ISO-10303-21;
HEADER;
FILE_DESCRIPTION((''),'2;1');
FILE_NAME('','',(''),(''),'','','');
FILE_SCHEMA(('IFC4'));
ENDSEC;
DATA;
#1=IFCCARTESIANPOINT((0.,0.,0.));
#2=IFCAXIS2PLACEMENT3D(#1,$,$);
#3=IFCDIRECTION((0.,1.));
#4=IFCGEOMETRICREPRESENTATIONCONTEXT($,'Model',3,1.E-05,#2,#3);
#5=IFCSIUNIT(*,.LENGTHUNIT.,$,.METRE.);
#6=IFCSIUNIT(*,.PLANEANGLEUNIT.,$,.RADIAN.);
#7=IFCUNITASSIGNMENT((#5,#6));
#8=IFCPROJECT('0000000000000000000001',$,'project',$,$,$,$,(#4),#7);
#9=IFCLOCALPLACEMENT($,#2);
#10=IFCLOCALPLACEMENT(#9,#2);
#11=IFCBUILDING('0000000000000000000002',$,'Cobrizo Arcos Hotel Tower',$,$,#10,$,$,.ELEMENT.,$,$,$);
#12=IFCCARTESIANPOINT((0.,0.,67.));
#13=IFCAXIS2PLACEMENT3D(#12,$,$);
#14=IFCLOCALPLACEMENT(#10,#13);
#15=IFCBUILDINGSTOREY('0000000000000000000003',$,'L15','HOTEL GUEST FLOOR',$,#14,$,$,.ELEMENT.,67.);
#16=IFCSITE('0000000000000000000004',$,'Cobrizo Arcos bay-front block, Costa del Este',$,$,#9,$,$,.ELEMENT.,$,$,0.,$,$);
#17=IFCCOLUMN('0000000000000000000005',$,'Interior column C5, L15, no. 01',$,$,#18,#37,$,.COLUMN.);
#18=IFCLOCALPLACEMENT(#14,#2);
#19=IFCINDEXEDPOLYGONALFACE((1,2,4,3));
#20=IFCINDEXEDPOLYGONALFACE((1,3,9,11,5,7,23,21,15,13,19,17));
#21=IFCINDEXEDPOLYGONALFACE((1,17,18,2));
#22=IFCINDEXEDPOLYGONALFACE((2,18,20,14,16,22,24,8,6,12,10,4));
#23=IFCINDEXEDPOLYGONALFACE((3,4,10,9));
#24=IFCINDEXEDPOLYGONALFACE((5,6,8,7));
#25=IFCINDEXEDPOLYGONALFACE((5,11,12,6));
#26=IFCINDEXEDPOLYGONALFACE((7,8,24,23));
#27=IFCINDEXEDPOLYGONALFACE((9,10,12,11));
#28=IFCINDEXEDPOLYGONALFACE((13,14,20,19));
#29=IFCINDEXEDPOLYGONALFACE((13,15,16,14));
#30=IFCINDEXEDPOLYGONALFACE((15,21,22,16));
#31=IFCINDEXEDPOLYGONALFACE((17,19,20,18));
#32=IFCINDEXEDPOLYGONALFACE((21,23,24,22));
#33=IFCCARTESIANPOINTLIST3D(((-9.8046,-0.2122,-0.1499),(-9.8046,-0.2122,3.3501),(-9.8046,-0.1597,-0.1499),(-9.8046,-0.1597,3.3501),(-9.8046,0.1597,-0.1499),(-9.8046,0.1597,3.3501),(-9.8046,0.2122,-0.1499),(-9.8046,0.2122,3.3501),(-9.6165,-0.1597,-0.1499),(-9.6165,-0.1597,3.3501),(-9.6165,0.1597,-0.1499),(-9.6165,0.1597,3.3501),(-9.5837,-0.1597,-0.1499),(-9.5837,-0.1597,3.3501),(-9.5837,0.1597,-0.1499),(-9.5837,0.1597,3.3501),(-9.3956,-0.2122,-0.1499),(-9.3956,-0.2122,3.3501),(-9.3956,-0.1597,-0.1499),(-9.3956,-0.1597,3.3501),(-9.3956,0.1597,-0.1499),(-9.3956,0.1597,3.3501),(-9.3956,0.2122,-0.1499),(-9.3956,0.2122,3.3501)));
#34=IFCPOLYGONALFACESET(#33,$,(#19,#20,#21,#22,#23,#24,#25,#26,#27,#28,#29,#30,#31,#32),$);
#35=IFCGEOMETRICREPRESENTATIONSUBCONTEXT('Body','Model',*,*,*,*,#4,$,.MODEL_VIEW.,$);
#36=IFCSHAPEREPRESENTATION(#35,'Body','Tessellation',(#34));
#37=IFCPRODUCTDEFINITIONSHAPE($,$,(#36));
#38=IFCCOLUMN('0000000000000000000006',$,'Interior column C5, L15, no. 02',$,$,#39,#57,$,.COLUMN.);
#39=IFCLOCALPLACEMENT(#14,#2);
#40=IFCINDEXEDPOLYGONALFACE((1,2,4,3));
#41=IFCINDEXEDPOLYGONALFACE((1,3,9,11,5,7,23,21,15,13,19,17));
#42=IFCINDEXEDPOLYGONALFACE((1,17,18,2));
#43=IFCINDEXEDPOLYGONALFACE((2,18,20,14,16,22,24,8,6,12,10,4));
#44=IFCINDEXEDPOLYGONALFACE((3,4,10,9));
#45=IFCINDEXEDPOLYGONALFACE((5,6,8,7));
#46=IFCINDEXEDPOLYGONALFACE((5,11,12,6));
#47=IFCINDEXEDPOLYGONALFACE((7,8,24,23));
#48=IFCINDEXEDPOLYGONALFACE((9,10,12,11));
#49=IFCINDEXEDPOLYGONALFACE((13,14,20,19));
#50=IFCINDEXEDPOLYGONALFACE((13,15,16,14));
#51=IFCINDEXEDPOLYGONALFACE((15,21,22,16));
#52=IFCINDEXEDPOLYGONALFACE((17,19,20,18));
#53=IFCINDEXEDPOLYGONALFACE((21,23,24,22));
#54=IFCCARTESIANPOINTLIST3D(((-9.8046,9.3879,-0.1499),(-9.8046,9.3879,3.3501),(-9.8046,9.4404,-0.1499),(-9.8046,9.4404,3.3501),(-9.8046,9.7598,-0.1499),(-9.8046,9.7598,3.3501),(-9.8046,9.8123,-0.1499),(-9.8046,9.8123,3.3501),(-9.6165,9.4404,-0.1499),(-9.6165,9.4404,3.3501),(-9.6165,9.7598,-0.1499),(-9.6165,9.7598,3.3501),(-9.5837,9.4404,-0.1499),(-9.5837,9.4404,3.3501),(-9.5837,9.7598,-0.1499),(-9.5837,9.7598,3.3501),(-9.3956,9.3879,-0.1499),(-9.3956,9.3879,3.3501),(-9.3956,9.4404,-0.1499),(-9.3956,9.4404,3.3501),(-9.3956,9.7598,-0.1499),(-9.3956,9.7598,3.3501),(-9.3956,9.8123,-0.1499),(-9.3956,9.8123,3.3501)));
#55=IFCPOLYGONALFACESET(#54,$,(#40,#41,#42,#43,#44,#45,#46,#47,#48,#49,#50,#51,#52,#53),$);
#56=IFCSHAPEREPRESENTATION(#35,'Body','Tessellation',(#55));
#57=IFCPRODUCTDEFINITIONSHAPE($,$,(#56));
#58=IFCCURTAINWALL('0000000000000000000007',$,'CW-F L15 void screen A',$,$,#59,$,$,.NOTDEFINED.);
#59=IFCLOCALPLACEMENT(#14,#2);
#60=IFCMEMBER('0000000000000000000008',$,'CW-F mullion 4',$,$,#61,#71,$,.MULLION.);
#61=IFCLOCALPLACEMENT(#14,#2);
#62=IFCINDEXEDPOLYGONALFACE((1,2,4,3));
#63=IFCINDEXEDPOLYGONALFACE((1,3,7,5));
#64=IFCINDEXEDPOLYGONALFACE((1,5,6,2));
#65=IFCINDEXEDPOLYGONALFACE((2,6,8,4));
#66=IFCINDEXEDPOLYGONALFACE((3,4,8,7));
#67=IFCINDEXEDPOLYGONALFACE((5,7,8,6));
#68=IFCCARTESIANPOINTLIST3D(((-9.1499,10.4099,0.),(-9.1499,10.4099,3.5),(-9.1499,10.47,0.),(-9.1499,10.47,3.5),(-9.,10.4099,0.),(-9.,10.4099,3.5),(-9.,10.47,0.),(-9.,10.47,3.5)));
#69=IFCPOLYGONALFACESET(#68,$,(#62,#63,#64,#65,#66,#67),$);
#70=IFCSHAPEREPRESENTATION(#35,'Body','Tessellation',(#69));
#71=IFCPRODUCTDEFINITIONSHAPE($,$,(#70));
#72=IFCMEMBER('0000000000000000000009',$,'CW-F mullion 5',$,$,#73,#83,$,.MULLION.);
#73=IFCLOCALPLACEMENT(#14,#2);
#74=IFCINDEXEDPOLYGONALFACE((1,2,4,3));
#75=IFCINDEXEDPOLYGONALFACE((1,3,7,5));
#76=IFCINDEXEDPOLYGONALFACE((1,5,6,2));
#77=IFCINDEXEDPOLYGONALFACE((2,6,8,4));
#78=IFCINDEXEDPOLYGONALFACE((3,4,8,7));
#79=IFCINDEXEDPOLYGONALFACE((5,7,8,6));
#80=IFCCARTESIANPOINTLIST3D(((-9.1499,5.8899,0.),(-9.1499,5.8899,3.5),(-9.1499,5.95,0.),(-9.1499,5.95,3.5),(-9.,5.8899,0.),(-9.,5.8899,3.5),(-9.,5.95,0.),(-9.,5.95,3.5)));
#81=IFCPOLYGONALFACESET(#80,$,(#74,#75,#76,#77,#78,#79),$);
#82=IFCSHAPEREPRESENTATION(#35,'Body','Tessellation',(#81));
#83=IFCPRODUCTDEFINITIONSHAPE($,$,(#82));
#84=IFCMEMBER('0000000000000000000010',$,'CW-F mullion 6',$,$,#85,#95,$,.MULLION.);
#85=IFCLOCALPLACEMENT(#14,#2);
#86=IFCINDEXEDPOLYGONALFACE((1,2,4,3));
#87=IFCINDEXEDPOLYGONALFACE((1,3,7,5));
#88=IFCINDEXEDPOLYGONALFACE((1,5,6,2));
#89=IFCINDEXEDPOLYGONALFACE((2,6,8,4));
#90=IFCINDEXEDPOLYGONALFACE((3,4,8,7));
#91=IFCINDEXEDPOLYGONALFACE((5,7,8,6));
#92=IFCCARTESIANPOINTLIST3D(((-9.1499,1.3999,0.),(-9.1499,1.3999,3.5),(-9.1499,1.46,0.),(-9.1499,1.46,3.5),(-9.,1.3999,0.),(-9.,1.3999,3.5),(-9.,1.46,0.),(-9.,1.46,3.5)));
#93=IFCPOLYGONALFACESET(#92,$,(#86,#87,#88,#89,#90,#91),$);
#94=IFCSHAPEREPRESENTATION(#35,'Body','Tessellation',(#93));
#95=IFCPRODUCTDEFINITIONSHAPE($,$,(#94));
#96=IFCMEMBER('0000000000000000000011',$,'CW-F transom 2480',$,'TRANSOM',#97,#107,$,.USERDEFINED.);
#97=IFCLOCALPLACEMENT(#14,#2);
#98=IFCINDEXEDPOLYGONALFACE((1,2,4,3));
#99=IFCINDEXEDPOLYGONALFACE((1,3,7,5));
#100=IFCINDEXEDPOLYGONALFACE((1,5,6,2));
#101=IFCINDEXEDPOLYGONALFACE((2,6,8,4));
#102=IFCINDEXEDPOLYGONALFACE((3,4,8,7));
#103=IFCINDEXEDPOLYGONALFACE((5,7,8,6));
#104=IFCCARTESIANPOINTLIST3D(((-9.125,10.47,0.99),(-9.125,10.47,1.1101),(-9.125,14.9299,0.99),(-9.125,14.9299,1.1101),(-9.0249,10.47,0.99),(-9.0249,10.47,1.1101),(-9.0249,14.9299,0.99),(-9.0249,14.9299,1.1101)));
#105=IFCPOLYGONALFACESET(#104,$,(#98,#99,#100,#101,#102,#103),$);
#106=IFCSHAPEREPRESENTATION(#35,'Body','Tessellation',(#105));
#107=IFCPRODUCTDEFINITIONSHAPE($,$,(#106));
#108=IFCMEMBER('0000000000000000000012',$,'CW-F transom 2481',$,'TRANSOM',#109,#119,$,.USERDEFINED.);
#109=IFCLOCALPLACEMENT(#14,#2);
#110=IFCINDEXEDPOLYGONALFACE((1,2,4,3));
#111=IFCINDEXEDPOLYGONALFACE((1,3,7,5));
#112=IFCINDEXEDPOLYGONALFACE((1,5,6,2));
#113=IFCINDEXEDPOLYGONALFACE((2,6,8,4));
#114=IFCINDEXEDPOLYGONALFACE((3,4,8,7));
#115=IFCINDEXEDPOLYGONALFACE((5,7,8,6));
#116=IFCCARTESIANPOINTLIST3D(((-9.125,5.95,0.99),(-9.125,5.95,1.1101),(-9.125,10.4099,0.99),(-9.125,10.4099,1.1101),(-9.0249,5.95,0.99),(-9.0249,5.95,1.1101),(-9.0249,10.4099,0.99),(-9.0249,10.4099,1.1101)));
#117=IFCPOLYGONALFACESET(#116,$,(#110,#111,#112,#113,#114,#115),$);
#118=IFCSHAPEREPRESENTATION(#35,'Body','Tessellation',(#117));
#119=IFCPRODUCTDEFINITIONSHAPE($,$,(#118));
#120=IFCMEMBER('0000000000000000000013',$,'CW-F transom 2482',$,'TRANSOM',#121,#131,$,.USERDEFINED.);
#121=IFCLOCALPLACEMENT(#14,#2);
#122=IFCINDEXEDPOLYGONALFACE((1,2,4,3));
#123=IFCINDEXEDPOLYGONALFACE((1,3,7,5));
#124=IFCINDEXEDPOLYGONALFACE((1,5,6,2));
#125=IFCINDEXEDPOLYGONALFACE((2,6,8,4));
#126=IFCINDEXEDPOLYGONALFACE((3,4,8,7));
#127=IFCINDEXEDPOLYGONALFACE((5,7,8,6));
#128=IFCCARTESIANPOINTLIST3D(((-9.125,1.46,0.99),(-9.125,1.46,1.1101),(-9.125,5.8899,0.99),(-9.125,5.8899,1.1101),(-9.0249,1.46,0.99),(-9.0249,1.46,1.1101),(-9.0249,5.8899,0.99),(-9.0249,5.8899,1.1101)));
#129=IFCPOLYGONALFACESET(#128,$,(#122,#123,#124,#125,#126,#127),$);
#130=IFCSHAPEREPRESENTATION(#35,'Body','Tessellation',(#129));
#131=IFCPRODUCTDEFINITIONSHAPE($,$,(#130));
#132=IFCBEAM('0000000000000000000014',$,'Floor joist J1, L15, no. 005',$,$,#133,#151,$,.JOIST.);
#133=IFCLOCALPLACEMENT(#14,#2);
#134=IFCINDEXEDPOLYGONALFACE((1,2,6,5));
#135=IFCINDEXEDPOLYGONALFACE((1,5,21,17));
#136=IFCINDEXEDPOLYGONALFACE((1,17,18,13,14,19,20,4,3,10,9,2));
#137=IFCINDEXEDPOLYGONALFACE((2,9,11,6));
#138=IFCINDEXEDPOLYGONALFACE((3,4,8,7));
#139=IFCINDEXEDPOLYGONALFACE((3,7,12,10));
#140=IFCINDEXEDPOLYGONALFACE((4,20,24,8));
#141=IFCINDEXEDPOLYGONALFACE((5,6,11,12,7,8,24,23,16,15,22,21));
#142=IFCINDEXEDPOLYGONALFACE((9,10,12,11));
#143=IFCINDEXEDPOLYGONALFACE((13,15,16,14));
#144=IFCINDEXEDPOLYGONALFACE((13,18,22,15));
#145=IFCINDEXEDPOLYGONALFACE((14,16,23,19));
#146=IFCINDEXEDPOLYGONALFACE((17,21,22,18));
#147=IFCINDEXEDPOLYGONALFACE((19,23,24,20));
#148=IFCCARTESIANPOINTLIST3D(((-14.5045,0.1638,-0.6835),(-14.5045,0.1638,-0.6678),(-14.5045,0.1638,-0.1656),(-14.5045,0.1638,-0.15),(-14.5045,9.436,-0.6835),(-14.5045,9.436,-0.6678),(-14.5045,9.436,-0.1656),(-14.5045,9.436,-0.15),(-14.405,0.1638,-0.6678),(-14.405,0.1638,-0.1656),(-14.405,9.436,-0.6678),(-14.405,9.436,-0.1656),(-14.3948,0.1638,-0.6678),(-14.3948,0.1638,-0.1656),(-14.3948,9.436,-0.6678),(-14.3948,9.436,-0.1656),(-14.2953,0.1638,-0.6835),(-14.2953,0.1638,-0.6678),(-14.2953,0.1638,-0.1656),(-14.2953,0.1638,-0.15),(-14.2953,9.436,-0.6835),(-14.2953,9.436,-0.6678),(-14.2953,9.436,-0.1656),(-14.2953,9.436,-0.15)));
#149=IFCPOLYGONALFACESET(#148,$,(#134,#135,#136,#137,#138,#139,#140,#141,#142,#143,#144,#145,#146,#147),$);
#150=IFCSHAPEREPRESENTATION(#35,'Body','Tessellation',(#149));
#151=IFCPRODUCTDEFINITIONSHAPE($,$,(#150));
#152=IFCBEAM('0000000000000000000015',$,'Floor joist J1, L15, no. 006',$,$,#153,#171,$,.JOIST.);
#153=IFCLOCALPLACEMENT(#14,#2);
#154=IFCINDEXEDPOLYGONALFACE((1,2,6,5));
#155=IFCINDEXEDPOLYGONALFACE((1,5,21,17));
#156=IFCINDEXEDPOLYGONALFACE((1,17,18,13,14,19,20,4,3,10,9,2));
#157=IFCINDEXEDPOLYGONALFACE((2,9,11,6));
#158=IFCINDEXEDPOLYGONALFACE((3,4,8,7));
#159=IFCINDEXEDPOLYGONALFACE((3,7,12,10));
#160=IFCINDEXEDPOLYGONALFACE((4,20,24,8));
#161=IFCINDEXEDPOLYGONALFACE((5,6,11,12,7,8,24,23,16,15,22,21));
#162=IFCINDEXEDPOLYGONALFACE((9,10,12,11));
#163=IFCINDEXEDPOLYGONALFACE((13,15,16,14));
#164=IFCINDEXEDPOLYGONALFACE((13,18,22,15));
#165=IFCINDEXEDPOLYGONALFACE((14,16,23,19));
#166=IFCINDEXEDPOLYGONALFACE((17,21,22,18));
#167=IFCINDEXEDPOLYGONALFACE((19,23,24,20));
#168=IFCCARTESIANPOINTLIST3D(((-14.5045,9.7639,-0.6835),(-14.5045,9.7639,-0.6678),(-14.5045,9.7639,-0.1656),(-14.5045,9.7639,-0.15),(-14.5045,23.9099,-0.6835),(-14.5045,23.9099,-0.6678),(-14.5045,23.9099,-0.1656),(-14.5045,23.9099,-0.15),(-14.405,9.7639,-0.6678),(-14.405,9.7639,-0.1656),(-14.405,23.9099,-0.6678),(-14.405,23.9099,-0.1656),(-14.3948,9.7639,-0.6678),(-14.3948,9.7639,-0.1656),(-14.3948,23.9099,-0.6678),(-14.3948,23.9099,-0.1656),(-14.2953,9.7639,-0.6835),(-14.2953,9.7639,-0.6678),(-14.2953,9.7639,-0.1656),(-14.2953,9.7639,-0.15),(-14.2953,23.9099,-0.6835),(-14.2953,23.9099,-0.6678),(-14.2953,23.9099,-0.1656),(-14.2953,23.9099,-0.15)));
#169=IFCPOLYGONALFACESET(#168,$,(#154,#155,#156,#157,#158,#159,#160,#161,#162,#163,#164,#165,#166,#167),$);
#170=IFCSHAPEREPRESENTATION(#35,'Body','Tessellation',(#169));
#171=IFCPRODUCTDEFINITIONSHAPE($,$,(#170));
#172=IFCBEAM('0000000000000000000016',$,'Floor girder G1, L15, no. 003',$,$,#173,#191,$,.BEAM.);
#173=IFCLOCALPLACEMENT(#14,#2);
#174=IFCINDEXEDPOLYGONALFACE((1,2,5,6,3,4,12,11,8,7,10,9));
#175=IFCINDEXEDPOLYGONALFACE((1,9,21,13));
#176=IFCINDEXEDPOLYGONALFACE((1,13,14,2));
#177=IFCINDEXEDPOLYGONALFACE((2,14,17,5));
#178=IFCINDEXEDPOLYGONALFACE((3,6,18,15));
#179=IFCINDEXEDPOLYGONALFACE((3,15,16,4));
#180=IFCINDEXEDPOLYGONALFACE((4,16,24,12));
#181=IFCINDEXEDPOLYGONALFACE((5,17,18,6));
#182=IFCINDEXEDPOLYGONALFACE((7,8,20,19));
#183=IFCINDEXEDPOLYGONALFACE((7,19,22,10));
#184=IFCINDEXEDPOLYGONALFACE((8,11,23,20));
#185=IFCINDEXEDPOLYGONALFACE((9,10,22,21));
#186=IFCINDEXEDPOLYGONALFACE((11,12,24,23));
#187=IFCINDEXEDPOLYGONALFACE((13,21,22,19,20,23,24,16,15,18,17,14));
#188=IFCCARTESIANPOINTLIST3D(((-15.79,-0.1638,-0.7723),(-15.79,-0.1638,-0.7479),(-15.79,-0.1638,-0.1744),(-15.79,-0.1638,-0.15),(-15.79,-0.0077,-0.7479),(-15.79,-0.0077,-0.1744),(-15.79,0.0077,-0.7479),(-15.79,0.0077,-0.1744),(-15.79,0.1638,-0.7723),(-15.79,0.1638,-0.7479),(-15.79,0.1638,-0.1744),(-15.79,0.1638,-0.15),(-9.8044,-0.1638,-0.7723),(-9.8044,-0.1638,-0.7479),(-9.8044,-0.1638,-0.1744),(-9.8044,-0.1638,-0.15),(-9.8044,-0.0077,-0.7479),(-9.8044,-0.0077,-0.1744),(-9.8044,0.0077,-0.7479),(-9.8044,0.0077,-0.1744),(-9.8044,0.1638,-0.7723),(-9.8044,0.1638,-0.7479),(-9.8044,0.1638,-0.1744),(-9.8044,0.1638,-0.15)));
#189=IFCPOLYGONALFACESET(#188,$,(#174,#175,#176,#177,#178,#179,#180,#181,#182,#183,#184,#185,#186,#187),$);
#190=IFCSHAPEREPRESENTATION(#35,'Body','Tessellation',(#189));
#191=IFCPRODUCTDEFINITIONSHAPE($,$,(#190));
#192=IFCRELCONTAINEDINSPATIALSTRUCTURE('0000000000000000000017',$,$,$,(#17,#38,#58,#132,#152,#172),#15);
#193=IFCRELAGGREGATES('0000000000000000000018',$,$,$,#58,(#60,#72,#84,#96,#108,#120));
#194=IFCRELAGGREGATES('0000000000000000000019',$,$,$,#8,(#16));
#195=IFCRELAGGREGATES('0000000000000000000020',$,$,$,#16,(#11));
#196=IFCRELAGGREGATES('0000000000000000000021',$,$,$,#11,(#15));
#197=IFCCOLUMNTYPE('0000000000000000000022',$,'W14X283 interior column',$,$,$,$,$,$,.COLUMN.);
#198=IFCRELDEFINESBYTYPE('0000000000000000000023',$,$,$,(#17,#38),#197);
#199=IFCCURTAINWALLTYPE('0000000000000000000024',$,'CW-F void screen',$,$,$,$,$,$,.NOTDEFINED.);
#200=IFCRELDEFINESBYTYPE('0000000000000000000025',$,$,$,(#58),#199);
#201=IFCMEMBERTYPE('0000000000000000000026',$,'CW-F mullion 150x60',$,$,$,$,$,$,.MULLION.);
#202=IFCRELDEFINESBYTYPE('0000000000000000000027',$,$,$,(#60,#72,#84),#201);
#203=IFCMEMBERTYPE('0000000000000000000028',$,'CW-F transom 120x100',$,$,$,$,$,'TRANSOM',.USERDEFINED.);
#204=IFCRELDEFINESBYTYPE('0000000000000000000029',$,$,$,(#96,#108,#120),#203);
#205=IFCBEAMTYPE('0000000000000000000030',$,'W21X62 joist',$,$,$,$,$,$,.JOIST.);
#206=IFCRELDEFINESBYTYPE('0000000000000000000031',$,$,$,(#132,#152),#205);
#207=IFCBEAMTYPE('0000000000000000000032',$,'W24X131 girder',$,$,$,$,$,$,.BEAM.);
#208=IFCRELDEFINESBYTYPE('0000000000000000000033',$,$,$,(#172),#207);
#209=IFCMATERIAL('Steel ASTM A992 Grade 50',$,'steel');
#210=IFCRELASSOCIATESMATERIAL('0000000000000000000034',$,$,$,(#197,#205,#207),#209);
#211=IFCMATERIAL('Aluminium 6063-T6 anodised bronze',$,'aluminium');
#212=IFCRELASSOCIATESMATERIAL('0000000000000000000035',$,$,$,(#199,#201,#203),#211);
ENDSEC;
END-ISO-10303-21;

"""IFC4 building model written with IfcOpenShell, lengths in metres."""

from ifc_helpers import new_model, si_unit, direction, frame, origin, origin_2d, place, context, subcontext, project, spatial, rectangle, i_section, extrude, material, material_profile, profile_set, type_object, element, aggregate, save


model = new_model("IFC4")

# Units and contexts
model_context = context("Model", 3, precision=1e-05, world=origin(), true_north=direction((0.0, 1.0)))
body_context = subcontext(model_context, "Body", "Model", "MODEL_VIEW")
ifc_project = project(units=[si_unit("LENGTHUNIT", "METRE"), si_unit("PLANEANGLEUNIT", "RADIAN")], contexts=[model_context])

# Site, building, storey
site_placement = place(None, origin())
site = spatial("IfcSite", under=ifc_project, at=site_placement, Name="Cobrizo Arcos bay-front block, Costa del Este", CompositionType="ELEMENT", RefElevation=0.0)
building_placement = place(site_placement, origin())
building = spatial("IfcBuilding", under=site, at=building_placement, Name="Cobrizo Arcos Hotel Tower", CompositionType="ELEMENT")
storey_placement = place(building_placement, frame((0.0, 0.0, 67.0)))
storey = spatial("IfcBuildingStorey", under=building, at=storey_placement, Name="L15", Description="HOTEL GUEST FLOOR", CompositionType="ELEMENT", Elevation=67.0)

# Columns
ifc_material_1 = material(Name="Steel ASTM A992 Grade 50", Category="steel")
ifc_material_profile_1 = material_profile(ifc_material_1, i_section(OverallWidth=0.4089, OverallDepth=0.4243, WebThickness=0.0327, FlangeThickness=0.0525, at=origin_2d()), Name="W14X283")
ifc_profile_set_1 = profile_set([ifc_material_profile_1], Name="Steel ASTM A992 Grade 50")
column_type = type_object("IfcColumnType", Name="W14X283 interior column", PredefinedType="COLUMN", material=ifc_profile_set_1)
for number, where, z_axis, x_axis, name in (
    (1, (-9.6001, 0.0, -0.1499), (0.0, 0.0, 1.0), (1.0, 0.0, 0.0), "Interior column C5, L15, no. 01"),
    (2, (-9.6001, 9.6001, -0.1499), (0.0, 0.0, 1.0), (1.0, 0.0, 0.0), "Interior column C5, L15, no. 02"),
):
    element("IfcColumn", number, at=place(storey_placement, frame(where, z_axis=z_axis, x_axis=x_axis)), inside=storey, type_object=column_type, Name=name, PredefinedType="COLUMN", context=body_context, shape_type="SweptSolid", body=[
        extrude(i_section(OverallWidth=0.4089, OverallDepth=0.4243, WebThickness=0.0327, FlangeThickness=0.0525, at=origin_2d()), origin(), (0.0, 0.0, 1.0), 3.5),
    ])

# Curtain wall, members
ifc_material_2 = material(Name="Aluminium 6063-T6 anodised bronze", Category="aluminium")
curtain_wall_type = type_object("IfcCurtainWallType", Name="CW-F void screen", PredefinedType="NOTDEFINED", material=ifc_material_2)
curtain_wall_placement = place(storey_placement, origin())
curtain_wall = element("IfcCurtainWall", 3, at=curtain_wall_placement, inside=storey, type_object=curtain_wall_type, Name="CW-F L15 void screen A", PredefinedType="NOTDEFINED")
ifc_material_profile_2 = material_profile(ifc_material_2, rectangle(XDim=0.1499, YDim=0.0601, at=origin_2d()), Name="CW-F mullion 150x60")
ifc_profile_set_2 = profile_set([ifc_material_profile_2], Name="Aluminium 6063-T6 anodised bronze")
member_type_1 = type_object("IfcMemberType", Name="CW-F mullion 150x60", PredefinedType="MULLION", material=ifc_profile_set_2)
member_1_placement = place(storey_placement, frame((-9.075, 10.4399, 0.0), z_axis=(0.0, 0.0, 1.0), x_axis=(-1.0, 0.0, 0.0)))
member_1 = element("IfcMember", 4, at=member_1_placement, type_object=member_type_1, Name="CW-F mullion 4", PredefinedType="MULLION", context=body_context, shape_type="SweptSolid", body=[
    extrude(rectangle(XDim=0.1499, YDim=0.0601, at=origin_2d()), origin(), (0.0, 0.0, 1.0), 3.5),
])
member_2_placement = place(storey_placement, frame((-9.075, 5.9199, 0.0), z_axis=(0.0, 0.0, 1.0), x_axis=(-1.0, 0.0, 0.0)))
member_2 = element("IfcMember", 5, at=member_2_placement, type_object=member_type_1, Name="CW-F mullion 5", PredefinedType="MULLION", context=body_context, shape_type="SweptSolid", body=[
    extrude(rectangle(XDim=0.1499, YDim=0.0601, at=origin_2d()), origin(), (0.0, 0.0, 1.0), 3.5),
])
member_3_placement = place(storey_placement, frame((-9.075, 1.4299, 0.0), z_axis=(0.0, 0.0, 1.0), x_axis=(-1.0, 0.0, 0.0)))
member_3 = element("IfcMember", 6, at=member_3_placement, type_object=member_type_1, Name="CW-F mullion 6", PredefinedType="MULLION", context=body_context, shape_type="SweptSolid", body=[
    extrude(rectangle(XDim=0.1499, YDim=0.0601, at=origin_2d()), origin(), (0.0, 0.0, 1.0), 3.5),
])
ifc_material_profile_3 = material_profile(ifc_material_2, rectangle(XDim=0.1001, YDim=0.1201, at=origin_2d()), Name="CW-F transom 120x100")
ifc_profile_set_3 = profile_set([ifc_material_profile_3], Name="Aluminium 6063-T6 anodised bronze")
member_type_2 = type_object("IfcMemberType", Name="CW-F transom 120x100", ElementType="TRANSOM", PredefinedType="USERDEFINED", material=ifc_profile_set_3)
member_4_placement = place(storey_placement, frame((-9.075, 14.9299, 1.05), z_axis=(0.0, -1.0, 0.0), x_axis=(1.0, 0.0, 0.0)))
member_4 = element("IfcMember", 7, at=member_4_placement, type_object=member_type_2, Name="CW-F transom 2480", ObjectType="TRANSOM", PredefinedType="USERDEFINED", context=body_context, shape_type="SweptSolid", body=[
    extrude(rectangle(XDim=0.1001, YDim=0.1201, at=origin_2d()), origin(), (0.0, 0.0, 1.0), 4.46),
])
member_5_placement = place(storey_placement, frame((-9.075, 10.4099, 1.05), z_axis=(0.0, -1.0, 0.0), x_axis=(1.0, 0.0, 0.0)))
member_5 = element("IfcMember", 8, at=member_5_placement, type_object=member_type_2, Name="CW-F transom 2481", ObjectType="TRANSOM", PredefinedType="USERDEFINED", context=body_context, shape_type="SweptSolid", body=[
    extrude(rectangle(XDim=0.1001, YDim=0.1201, at=origin_2d()), origin(), (0.0, 0.0, 1.0), 4.46),
])
member_6_placement = place(storey_placement, frame((-9.075, 5.8899, 1.05), z_axis=(0.0, -1.0, 0.0), x_axis=(1.0, 0.0, 0.0)))
member_6 = element("IfcMember", 9, at=member_6_placement, type_object=member_type_2, Name="CW-F transom 2482", ObjectType="TRANSOM", PredefinedType="USERDEFINED", context=body_context, shape_type="SweptSolid", body=[
    extrude(rectangle(XDim=0.1001, YDim=0.1201, at=origin_2d()), origin(), (0.0, 0.0, 1.0), 4.4299),
])

# Beams
ifc_material_profile_4 = material_profile(ifc_material_1, i_section(OverallWidth=0.2092, OverallDepth=0.5334, WebThickness=0.0103, FlangeThickness=0.0156, at=origin_2d()), Name="W21X62")
ifc_profile_set_4 = profile_set([ifc_material_profile_4], Name="Steel ASTM A992 Grade 50")
beam_type_1 = type_object("IfcBeamType", Name="W21X62 joist", PredefinedType="JOIST", material=ifc_profile_set_4)
beam_1_placement = place(storey_placement, frame((-14.3999, 0.1638, -0.4167), z_axis=(0.0, 1.0, 0.0), x_axis=(-1.0, 0.0, 0.0)))
element("IfcBeam", 10, at=beam_1_placement, inside=storey, type_object=beam_type_1, Name="Floor joist J1, L15, no. 005", PredefinedType="JOIST", context=body_context, shape_type="SweptSolid", body=[
    extrude(i_section(OverallWidth=0.2092, OverallDepth=0.5334, WebThickness=0.0103, FlangeThickness=0.0156, at=origin_2d()), origin(), (0.0, 0.0, 1.0), 9.2722),
])
beam_2_placement = place(storey_placement, frame((-14.3999, 9.7639, -0.4167), z_axis=(0.0, 1.0, 0.0), x_axis=(-1.0, 0.0, 0.0)))
element("IfcBeam", 11, at=beam_2_placement, inside=storey, type_object=beam_type_1, Name="Floor joist J1, L15, no. 006", PredefinedType="JOIST", context=body_context, shape_type="SweptSolid", body=[
    extrude(i_section(OverallWidth=0.2092, OverallDepth=0.5334, WebThickness=0.0103, FlangeThickness=0.0156, at=origin_2d()), origin(), (0.0, 0.0, 1.0), 14.146),
])
ifc_material_profile_5 = material_profile(ifc_material_1, i_section(OverallWidth=0.3276, OverallDepth=0.6223, WebThickness=0.0154, FlangeThickness=0.0244, at=origin_2d()), Name="W24X131")
ifc_profile_set_5 = profile_set([ifc_material_profile_5], Name="Steel ASTM A992 Grade 50")
beam_type_2 = type_object("IfcBeamType", Name="W24X131 girder", PredefinedType="BEAM", material=ifc_profile_set_5)
beam_3_placement = place(storey_placement, frame((-15.79, 0.0, -0.4612), z_axis=(1.0, 0.0, 0.0), x_axis=(0.0, 1.0, 0.0)))
element("IfcBeam", 12, at=beam_3_placement, inside=storey, type_object=beam_type_2, Name="Floor girder G1, L15, no. 003", PredefinedType="BEAM", context=body_context, shape_type="SweptSolid", body=[
    extrude(i_section(OverallWidth=0.3276, OverallDepth=0.6223, WebThickness=0.0154, FlangeThickness=0.0244, at=origin_2d()), origin(), (0.0, 0.0, 1.0), 5.9856),
])

aggregate(curtain_wall, [member_1, member_2, member_3, member_4, member_5, member_6])

save(model, "model.ifc")
